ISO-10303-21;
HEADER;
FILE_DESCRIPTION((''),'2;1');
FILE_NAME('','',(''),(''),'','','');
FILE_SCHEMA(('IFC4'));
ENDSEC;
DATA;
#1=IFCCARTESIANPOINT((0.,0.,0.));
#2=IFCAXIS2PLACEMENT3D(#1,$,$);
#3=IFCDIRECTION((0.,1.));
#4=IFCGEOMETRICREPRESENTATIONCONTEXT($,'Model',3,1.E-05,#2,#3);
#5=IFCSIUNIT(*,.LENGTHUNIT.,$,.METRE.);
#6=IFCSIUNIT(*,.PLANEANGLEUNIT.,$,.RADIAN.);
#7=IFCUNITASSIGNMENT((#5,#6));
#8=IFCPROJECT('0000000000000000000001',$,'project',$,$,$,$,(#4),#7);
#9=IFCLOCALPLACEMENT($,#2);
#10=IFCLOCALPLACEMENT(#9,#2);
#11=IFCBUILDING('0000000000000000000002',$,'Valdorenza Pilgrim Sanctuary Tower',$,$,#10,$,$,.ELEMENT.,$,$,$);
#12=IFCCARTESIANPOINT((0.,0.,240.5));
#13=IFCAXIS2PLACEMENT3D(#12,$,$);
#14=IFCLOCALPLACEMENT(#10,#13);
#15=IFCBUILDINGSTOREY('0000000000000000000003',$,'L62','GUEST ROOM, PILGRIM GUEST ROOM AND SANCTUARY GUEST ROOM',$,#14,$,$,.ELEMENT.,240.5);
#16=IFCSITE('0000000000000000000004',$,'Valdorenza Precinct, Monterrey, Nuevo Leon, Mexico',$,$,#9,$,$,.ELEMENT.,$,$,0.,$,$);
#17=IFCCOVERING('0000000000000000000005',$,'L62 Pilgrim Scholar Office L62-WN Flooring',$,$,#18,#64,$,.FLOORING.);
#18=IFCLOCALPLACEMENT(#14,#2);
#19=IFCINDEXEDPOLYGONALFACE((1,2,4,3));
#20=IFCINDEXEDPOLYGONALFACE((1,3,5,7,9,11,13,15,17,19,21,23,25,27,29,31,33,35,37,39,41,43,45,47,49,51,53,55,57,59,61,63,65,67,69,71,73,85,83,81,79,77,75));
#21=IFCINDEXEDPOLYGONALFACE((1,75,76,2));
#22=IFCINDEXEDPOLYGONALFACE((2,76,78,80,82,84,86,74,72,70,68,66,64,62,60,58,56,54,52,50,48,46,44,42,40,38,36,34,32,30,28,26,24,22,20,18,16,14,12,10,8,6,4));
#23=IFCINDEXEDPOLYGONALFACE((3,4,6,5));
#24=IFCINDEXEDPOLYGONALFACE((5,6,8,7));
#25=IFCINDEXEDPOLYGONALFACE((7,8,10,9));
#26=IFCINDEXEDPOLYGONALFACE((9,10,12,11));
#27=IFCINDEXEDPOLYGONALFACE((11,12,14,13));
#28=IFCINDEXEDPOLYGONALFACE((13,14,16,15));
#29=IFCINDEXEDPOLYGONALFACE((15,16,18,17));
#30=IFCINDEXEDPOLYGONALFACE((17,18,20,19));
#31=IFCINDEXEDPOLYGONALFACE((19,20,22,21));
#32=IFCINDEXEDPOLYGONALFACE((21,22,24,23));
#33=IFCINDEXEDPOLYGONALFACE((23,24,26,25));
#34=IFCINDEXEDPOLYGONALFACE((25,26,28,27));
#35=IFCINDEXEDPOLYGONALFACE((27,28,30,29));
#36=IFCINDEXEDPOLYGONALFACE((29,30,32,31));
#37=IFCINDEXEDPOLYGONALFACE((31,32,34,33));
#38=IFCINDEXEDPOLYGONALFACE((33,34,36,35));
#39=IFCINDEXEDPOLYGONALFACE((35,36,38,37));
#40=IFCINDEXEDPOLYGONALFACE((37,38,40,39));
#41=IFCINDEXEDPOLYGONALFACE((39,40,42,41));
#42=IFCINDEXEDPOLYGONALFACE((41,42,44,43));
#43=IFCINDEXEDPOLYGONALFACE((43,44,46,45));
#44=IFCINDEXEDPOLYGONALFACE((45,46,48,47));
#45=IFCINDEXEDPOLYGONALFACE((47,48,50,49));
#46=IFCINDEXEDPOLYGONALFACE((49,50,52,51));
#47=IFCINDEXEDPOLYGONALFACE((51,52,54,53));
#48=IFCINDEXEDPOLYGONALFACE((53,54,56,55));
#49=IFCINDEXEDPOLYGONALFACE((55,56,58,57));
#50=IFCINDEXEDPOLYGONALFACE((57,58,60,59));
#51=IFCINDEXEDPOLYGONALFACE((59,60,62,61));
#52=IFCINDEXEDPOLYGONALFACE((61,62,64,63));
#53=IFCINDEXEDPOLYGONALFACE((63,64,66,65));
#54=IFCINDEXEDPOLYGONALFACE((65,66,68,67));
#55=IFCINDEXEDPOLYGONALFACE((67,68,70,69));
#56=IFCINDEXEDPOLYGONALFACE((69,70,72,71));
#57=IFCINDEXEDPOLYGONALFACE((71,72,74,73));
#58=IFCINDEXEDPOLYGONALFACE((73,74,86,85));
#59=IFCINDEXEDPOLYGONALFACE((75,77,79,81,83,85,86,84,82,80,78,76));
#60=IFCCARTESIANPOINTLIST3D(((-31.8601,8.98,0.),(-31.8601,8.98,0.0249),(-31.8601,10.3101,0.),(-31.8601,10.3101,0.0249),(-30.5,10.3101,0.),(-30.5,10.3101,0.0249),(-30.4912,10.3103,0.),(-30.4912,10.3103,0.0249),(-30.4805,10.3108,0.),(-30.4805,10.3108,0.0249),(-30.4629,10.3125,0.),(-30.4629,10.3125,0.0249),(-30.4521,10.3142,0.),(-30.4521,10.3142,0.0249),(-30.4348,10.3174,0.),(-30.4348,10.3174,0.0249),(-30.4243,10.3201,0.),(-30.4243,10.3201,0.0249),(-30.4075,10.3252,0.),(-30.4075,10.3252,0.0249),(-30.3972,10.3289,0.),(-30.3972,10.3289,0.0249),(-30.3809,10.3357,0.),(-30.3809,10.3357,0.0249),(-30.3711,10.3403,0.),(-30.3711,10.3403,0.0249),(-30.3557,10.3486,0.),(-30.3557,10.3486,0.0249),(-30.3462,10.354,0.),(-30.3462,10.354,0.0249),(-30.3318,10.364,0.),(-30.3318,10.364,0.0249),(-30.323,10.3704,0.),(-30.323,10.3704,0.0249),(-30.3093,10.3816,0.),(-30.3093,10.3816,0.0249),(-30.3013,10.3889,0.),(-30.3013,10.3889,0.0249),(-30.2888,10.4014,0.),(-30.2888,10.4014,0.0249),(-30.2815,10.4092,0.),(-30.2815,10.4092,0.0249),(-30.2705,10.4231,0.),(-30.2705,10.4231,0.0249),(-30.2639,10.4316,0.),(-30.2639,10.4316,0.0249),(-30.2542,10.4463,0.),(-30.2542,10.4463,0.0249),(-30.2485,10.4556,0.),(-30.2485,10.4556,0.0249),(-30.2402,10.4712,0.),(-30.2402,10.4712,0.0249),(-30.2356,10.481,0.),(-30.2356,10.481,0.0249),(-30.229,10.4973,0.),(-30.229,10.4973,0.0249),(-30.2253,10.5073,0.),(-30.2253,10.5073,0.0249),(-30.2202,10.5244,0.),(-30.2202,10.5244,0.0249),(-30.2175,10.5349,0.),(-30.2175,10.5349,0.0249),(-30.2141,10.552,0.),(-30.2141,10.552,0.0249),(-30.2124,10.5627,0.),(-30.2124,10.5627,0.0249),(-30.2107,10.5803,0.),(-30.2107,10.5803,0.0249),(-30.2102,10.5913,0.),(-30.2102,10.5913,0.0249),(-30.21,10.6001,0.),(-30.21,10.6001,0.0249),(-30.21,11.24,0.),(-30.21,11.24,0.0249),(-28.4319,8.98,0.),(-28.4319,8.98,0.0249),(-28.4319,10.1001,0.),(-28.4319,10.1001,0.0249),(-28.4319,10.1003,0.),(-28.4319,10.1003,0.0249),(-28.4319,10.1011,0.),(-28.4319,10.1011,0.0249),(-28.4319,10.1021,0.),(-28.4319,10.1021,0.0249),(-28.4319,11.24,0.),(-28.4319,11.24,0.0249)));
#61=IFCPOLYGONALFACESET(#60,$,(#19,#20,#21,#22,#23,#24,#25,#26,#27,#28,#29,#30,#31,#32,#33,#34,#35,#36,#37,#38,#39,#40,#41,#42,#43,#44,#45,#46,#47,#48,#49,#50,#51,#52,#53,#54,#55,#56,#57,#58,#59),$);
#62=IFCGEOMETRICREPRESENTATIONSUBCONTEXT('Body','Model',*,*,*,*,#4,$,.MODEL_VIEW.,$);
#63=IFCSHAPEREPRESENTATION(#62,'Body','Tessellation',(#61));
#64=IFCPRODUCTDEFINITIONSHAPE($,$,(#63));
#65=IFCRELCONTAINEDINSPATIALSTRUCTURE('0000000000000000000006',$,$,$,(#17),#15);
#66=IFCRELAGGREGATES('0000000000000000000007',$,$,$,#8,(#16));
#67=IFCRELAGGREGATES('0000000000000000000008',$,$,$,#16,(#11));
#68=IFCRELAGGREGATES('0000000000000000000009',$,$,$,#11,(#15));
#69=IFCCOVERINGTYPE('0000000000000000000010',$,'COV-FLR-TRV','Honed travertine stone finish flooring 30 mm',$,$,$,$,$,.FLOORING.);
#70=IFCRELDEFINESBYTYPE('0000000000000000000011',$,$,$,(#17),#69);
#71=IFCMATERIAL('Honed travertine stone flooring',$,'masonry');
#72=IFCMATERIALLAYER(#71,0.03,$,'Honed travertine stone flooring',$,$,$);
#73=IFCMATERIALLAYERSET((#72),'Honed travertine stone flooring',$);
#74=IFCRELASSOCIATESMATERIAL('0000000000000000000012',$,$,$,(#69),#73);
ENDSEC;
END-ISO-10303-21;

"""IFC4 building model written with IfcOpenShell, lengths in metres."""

from ifc_helpers import new_model, si_unit, direction, frame, origin, place, context, subcontext, project, spatial, polyline, outline, extrude, material, layer, layer_set, type_object, element, save


model = new_model("IFC4")

# Units and contexts
model_context = context("Model", 3, precision=1e-05, world=origin(), true_north=direction((0.0, 1.0)))
body_context = subcontext(model_context, "Body", "Model", "MODEL_VIEW")
ifc_project = project(units=[si_unit("LENGTHUNIT", "METRE"), si_unit("PLANEANGLEUNIT", "RADIAN")], contexts=[model_context])

# Site, building, storey
site_placement = place(None, origin())
site = spatial("IfcSite", under=ifc_project, at=site_placement, Name="Valdorenza Precinct, Monterrey, Nuevo Leon, Mexico", CompositionType="ELEMENT", RefElevation=0.0)
building_placement = place(site_placement, origin())
building = spatial("IfcBuilding", under=site, at=building_placement, Name="Valdorenza Pilgrim Sanctuary Tower", CompositionType="ELEMENT")
storey_placement = place(building_placement, frame((0.0, 0.0, 240.5)))
storey = spatial("IfcBuildingStorey", under=building, at=storey_placement, Name="L62", Description="GUEST ROOM, PILGRIM GUEST ROOM AND SANCTUARY GUEST ROOM", CompositionType="ELEMENT", Elevation=240.5)

# Covering
ifc_material_1 = material(Name="Honed travertine stone flooring", Category="masonry")
ifc_layer_1 = layer(ifc_material_1, 0.03, Name="Honed travertine stone flooring")
ifc_layer_set_1 = layer_set([ifc_layer_1], Name="Honed travertine stone flooring")
covering_type_1 = type_object("IfcCoveringType", Name="COV-FLR-TRV", Description="Honed travertine stone finish flooring 30 mm", PredefinedType="FLOORING", material=ifc_layer_set_1)
covering_1_placement = place(storey_placement, origin())
element("IfcCovering", 1, at=covering_1_placement, inside=storey, type_object=covering_type_1, Name="L62 Pilgrim Scholar Office L62-WN Flooring", PredefinedType="FLOORING", context=body_context, shape_type="SweptSolid", body=[
    extrude(outline(polyline([(-28.4319, 11.24), (-28.4319, 10.1021), (-28.4319, 10.1011), (-28.4319, 10.1003), (-28.4319, 10.1001), (-28.4319, 8.98), (-31.8601, 8.98), (-31.8601, 10.3101), (-30.5, 10.3101), (-30.4912, 10.3103), (-30.4805, 10.3108), (-30.4629, 10.3125), (-30.4521, 10.3142), (-30.4348, 10.3174), (-30.4243, 10.3201), (-30.4075, 10.3252), (-30.3972, 10.3289), (-30.3809, 10.3357), (-30.3711, 10.3403), (-30.3557, 10.3486), (-30.3462, 10.354), (-30.3318, 10.364), (-30.323, 10.3704), (-30.3093, 10.3816), (-30.3013, 10.3889), (-30.2888, 10.4014), (-30.2815, 10.4092), (-30.2705, 10.4231), (-30.2639, 10.4316), (-30.2542, 10.4463), (-30.2485, 10.4556), (-30.2402, 10.4712), (-30.2356, 10.481), (-30.229, 10.4973), (-30.2253, 10.5073), (-30.2202, 10.5244), (-30.2175, 10.5349), (-30.2141, 10.552), (-30.2124, 10.5627), (-30.2107, 10.5803), (-30.2102, 10.5913), (-30.21, 10.6001), (-30.21, 11.24), (-28.4319, 11.24)])), origin(), (0.0, 0.0, 1.0), 0.0249),
])

save(model, "model.ifc")
